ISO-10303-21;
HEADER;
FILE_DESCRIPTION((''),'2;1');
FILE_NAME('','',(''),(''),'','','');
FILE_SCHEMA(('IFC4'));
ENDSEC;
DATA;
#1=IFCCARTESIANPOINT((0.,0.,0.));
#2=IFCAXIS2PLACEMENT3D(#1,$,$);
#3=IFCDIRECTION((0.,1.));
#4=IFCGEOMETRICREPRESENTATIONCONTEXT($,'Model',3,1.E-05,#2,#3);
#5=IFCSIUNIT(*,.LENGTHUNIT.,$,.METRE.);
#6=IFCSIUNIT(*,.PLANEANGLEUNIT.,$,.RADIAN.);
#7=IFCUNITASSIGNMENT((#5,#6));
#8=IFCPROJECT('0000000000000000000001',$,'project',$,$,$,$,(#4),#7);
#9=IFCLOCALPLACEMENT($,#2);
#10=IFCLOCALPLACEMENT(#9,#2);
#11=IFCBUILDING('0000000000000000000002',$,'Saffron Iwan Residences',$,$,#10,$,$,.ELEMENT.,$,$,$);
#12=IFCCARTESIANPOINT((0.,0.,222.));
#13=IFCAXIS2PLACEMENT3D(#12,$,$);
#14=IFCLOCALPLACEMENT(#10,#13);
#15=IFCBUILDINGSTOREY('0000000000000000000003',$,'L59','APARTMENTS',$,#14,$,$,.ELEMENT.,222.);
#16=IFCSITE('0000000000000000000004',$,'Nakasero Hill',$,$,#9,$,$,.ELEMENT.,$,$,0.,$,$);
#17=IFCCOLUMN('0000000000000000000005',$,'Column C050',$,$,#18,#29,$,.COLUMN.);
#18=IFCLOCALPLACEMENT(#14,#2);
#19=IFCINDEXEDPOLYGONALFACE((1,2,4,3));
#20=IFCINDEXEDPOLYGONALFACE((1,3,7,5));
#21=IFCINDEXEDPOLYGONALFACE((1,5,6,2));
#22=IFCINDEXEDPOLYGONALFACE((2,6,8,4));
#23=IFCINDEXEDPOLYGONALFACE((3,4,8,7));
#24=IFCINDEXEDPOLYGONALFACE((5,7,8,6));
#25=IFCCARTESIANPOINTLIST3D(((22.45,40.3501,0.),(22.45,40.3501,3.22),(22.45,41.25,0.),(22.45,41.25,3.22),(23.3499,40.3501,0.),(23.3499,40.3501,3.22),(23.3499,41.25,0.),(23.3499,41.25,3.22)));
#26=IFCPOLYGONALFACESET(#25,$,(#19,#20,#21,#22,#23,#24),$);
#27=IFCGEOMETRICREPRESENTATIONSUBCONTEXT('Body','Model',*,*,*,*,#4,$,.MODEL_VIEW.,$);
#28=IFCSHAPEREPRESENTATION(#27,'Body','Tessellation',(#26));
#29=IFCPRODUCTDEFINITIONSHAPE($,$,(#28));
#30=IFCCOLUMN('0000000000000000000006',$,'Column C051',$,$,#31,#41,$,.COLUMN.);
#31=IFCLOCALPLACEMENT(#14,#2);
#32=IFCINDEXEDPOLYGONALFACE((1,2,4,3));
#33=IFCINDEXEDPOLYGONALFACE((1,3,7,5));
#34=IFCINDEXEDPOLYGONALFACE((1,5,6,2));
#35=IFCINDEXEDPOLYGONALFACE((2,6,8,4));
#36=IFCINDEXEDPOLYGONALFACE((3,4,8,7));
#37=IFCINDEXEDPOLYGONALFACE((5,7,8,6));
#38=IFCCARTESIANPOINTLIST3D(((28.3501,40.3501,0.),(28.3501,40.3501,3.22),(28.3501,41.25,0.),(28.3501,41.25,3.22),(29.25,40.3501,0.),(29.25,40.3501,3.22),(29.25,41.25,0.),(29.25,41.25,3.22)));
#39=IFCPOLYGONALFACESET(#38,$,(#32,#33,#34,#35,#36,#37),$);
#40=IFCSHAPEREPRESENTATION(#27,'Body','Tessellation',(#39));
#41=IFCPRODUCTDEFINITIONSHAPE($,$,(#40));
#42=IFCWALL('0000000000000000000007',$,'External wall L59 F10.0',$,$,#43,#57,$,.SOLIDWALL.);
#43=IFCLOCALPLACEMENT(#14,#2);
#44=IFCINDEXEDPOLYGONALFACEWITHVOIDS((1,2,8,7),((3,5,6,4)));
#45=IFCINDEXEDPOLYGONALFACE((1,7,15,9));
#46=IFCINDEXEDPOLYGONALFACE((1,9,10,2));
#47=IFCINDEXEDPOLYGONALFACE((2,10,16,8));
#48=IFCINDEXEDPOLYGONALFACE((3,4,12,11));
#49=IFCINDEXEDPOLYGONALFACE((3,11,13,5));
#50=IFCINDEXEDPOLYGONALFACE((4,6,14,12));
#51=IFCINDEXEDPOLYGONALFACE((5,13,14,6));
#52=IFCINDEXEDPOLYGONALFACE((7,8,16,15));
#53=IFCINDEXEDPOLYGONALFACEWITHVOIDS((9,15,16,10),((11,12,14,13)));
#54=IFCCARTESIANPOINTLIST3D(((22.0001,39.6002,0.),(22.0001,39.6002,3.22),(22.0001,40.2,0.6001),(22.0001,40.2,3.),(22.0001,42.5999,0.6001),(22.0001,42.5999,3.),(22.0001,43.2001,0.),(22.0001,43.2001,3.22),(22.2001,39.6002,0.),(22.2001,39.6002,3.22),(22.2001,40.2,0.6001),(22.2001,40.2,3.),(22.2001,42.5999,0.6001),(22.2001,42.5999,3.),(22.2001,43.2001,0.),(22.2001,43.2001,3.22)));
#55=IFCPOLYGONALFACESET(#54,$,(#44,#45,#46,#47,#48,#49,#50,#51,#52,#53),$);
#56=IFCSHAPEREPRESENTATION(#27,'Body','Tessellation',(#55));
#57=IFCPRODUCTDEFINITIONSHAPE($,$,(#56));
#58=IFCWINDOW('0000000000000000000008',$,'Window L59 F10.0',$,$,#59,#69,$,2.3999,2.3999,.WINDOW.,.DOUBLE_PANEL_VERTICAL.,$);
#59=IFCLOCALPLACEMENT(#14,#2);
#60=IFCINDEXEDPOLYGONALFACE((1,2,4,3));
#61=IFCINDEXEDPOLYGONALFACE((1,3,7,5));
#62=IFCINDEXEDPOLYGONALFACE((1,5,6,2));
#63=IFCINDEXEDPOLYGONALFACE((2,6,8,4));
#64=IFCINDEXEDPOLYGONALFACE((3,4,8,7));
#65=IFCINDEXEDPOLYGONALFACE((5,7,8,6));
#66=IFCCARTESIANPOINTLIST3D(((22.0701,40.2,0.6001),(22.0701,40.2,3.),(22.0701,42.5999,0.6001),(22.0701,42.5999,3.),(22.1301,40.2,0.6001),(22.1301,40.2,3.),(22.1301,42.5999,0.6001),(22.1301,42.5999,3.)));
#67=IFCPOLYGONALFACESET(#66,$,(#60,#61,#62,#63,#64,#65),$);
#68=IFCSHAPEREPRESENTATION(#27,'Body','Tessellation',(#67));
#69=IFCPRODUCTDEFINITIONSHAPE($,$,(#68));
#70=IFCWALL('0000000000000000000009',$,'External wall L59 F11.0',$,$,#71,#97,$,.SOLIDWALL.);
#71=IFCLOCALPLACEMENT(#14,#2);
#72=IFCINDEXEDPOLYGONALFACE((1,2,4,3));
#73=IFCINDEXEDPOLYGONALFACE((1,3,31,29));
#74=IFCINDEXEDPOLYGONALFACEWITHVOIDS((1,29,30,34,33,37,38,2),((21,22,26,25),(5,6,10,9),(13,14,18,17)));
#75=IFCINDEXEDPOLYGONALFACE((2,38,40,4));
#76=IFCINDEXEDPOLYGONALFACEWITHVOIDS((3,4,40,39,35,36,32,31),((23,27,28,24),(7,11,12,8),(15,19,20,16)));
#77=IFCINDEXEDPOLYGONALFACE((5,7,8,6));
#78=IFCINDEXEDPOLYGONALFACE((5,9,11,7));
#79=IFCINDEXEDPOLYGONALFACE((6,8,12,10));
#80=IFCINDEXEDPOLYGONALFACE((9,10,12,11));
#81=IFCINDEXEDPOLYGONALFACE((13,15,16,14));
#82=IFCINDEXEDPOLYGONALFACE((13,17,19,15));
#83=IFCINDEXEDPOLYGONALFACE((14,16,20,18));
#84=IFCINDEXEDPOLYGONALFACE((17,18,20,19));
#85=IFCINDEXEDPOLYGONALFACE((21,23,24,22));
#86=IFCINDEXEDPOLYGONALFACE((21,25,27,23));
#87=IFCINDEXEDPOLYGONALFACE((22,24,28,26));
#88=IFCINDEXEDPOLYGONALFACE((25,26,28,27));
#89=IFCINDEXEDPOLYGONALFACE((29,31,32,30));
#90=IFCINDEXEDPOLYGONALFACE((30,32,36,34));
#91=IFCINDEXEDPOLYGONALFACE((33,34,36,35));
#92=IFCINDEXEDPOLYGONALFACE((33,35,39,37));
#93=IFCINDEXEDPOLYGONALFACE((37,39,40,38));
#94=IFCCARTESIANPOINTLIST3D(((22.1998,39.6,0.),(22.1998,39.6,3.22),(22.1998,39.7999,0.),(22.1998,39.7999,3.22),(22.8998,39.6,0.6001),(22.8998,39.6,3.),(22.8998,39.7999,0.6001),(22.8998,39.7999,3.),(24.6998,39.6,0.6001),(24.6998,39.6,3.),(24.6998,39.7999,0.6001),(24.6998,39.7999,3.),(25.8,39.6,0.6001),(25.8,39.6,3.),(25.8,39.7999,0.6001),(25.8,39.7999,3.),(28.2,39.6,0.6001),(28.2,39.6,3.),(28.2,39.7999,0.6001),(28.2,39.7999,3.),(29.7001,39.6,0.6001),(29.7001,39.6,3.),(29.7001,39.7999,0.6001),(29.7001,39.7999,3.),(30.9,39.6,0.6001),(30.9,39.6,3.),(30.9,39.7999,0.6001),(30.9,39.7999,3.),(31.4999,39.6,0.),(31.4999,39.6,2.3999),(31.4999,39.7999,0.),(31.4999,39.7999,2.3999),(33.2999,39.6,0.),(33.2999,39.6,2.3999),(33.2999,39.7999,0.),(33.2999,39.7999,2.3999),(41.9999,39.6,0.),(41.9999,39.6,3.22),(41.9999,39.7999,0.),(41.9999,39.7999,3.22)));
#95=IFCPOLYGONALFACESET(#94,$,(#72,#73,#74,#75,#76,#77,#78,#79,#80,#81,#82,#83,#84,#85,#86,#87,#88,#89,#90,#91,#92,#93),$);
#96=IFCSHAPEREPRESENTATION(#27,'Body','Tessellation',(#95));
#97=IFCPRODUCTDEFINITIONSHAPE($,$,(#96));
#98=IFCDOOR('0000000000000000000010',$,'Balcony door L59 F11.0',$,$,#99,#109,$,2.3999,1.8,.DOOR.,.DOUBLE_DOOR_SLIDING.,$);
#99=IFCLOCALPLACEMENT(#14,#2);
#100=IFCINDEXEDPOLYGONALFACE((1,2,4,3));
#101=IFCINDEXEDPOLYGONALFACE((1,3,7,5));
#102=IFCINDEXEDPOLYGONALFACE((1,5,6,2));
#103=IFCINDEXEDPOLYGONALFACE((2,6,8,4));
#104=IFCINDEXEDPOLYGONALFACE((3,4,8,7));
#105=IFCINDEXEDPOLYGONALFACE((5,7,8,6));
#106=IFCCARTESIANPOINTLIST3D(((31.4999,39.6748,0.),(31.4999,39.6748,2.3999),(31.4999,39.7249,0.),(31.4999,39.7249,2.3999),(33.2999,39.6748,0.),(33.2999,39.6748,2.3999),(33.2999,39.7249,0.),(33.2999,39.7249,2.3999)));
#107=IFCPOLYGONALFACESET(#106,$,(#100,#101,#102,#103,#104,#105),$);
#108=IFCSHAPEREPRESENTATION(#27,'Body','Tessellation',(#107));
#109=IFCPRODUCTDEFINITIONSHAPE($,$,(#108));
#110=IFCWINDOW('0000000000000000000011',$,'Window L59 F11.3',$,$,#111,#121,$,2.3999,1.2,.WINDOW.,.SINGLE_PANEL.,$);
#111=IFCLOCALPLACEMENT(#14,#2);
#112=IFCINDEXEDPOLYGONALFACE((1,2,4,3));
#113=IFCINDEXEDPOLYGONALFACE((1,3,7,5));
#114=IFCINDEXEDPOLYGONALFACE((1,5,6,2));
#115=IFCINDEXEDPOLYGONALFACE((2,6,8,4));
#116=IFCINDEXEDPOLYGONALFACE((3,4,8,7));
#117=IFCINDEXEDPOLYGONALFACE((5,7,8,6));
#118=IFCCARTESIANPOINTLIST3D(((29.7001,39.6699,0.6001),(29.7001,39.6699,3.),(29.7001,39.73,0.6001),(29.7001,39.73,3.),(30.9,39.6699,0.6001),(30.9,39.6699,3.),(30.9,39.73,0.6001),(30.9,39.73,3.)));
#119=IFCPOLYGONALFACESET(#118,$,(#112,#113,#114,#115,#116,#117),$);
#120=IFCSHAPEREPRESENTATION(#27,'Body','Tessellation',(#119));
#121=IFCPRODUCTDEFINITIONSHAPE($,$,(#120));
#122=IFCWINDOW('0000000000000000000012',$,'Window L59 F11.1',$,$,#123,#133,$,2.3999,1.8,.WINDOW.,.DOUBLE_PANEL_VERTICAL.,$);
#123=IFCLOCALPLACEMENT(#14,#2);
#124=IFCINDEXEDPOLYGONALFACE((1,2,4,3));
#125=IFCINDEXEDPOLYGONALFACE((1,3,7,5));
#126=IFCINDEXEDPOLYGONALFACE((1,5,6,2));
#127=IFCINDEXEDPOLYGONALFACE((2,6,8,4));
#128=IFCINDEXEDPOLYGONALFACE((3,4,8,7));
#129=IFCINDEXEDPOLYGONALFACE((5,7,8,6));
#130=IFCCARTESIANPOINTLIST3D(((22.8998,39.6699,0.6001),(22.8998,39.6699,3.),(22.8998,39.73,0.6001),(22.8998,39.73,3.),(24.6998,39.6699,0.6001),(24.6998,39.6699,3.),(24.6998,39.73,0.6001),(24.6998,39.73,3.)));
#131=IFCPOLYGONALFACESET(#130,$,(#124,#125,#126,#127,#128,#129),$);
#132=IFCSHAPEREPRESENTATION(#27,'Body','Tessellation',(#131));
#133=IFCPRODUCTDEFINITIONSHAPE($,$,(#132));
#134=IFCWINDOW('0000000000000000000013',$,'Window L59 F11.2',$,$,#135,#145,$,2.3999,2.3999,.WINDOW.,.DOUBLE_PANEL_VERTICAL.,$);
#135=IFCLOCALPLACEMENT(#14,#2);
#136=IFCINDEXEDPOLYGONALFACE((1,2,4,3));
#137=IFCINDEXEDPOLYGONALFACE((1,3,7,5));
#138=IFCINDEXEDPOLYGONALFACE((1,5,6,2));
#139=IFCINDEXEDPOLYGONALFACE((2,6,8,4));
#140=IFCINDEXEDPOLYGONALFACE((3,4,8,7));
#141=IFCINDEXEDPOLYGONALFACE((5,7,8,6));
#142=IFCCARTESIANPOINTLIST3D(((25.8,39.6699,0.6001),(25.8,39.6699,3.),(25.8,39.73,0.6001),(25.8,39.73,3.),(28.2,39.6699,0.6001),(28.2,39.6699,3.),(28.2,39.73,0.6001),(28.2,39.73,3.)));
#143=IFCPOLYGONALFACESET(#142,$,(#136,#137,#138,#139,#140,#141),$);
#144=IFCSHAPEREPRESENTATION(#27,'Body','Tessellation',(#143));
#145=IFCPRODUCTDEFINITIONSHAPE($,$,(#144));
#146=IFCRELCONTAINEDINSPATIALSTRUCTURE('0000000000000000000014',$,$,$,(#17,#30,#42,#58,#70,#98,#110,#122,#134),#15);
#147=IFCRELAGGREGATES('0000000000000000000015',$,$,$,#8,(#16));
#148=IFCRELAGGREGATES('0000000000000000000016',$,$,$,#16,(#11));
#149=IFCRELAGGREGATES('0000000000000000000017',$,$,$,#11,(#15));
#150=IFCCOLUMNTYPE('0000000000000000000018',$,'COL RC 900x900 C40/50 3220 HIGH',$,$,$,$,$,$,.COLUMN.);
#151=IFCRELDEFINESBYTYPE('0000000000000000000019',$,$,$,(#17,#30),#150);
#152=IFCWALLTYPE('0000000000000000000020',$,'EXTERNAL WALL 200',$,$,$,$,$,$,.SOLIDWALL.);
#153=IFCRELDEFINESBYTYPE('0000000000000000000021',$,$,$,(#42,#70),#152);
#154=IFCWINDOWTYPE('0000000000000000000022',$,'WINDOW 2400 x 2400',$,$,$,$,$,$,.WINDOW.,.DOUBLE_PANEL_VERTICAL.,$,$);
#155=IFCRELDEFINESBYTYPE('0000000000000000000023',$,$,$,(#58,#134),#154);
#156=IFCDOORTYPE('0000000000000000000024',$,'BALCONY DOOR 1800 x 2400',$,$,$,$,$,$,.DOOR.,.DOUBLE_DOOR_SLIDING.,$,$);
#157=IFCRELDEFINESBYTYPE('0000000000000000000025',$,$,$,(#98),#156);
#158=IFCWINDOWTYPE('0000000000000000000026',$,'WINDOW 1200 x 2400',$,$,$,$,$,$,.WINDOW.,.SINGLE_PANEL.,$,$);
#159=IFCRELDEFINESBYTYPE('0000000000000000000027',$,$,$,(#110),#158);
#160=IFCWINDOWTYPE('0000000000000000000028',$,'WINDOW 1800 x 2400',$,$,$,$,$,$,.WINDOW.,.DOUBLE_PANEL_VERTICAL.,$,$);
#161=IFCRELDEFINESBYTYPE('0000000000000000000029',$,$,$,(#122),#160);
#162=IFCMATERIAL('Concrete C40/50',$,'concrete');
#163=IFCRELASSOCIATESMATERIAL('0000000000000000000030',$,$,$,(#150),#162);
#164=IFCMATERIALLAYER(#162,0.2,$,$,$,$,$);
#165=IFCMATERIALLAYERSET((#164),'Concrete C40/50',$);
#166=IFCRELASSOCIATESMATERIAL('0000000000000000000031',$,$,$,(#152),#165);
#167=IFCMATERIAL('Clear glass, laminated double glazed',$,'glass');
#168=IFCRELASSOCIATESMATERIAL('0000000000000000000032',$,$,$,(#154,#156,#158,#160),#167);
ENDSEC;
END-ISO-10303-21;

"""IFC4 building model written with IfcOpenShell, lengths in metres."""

from ifc_helpers import new_model, si_unit, direction, frame, frame_2d, origin, origin_2d, place, context, subcontext, project, spatial, rectangle, extrude, source, transform, mapped, material, layer, layer_set, material_profile, profile_set, type_object, element, fill, save


model = new_model("IFC4")

# Units and contexts
model_context = context("Model", 3, precision=1e-05, world=origin(), true_north=direction((0.0, 1.0)))
body_context = subcontext(model_context, "Body", "Model", "MODEL_VIEW")
ifc_project = project(units=[si_unit("LENGTHUNIT", "METRE"), si_unit("PLANEANGLEUNIT", "RADIAN")], contexts=[model_context])

# Site, building, storey
site_placement = place(None, origin())
site = spatial("IfcSite", under=ifc_project, at=site_placement, Name="Nakasero Hill", CompositionType="ELEMENT", RefElevation=0.0)
building_placement = place(site_placement, origin())
building = spatial("IfcBuilding", under=site, at=building_placement, Name="Saffron Iwan Residences", CompositionType="ELEMENT")
storey_placement = place(building_placement, frame((0.0, 0.0, 222.0)))
storey = spatial("IfcBuildingStorey", under=building, at=storey_placement, Name="L59", Description="APARTMENTS", CompositionType="ELEMENT", Elevation=222.0)

# Columns
ifc_material_1 = material(Name="Concrete C40/50", Category="concrete")
ifc_material_profile = material_profile(ifc_material_1, rectangle(XDim=0.8999, YDim=0.8999, at=origin_2d()), Name="RC 900x900")
ifc_profile_set = profile_set([ifc_material_profile], Name="Concrete C40/50")
column_type = type_object("IfcColumnType", Name="COL RC 900x900 C40/50 3220 HIGH", PredefinedType="COLUMN", material=ifc_profile_set)
shared_shape = source(origin(), body_context, "Body", "SweptSolid", [
    extrude(rectangle(XDim=0.8999, YDim=0.8999, at=origin_2d()), origin(), (0.0, 0.0, 1.0), 3.22),
])
for number, where, z_axis, x_axis, name in (
    (1, (22.8999, 40.8, 0.0), (0.0, 0.0, 1.0), (1.0, 0.0, 0.0), "Column C050"),
    (2, (28.8, 40.8, 0.0), (0.0, 0.0, 1.0), (1.0, 0.0, 0.0), "Column C051"),
):
    element("IfcColumn", number, at=place(storey_placement, frame(where, z_axis=z_axis, x_axis=x_axis)), inside=storey, type_object=column_type, Name=name, PredefinedType="COLUMN", context=body_context, shape_type="MappedRepresentation", body=[
        mapped(shared_shape, transform((0.0, 0.0, 0.0))),
    ])

# Wall, opening, window
ifc_layer_1 = layer(ifc_material_1, 0.2)
ifc_layer_set_1 = layer_set([ifc_layer_1], Name="Concrete C40/50")
wall_type_1 = type_object("IfcWallType", Name="EXTERNAL WALL 200", PredefinedType="SOLIDWALL", material=ifc_layer_set_1)
wall_1_placement = place(storey_placement, frame((22.1001, 43.2, 0.0), z_axis=(0.0, 0.0, 1.0), x_axis=(0.0, -1.0, 0.0)))
wall_1 = element("IfcWall", 3, at=wall_1_placement, inside=storey, type_object=wall_type_1, Name="External wall L59 F10.0", PredefinedType="SOLIDWALL", context=body_context, shape_type="SweptSolid", body=[
    extrude(rectangle(XDim=3.5999, YDim=0.2, at=frame_2d((1.7998, 0.0))), origin(), (0.0, 0.0, 1.0), 3.22),
])
opening_1_placement = place(wall_1_placement, frame((0.6001, 0.0, 0.6001)))
opening_1 = element("IfcOpeningElement", 4, at=opening_1_placement, cuts=wall_1, PredefinedType="OPENING", context=body_context, shape_type="SweptSolid", body=[
    extrude(rectangle(XDim=2.3999, YDim=2.3999, at=frame_2d((1.2, 1.2))), frame((0.0, 0.1099, 0.0), z_axis=(0.0, -1.0, 0.0), x_axis=(1.0, 0.0, 0.0)), (0.0, 0.0, 1.0), 0.22),
])
ifc_material_2 = material(Name="Clear glass, laminated double glazed", Category="glass")
window_type_1 = type_object("IfcWindowType", Name="WINDOW 2400 x 2400", PartitioningType="DOUBLE_PANEL_VERTICAL", PredefinedType="WINDOW", material=ifc_material_2)
window_1_placement = place(opening_1_placement, origin())
window_1 = element("IfcWindow", 5, at=window_1_placement, inside=storey, type_object=window_type_1, Name="Window L59 F10.0", OverallHeight=2.3999, OverallWidth=2.3999, PartitioningType="DOUBLE_PANEL_VERTICAL", PredefinedType="WINDOW", context=body_context, shape_type="SweptSolid", body=[
    extrude(rectangle(XDim=2.3999, YDim=2.3999, at=frame_2d((1.2, 1.2))), frame((0.0, 0.03, 0.0), z_axis=(0.0, -1.0, 0.0), x_axis=(1.0, 0.0, 0.0)), (0.0, 0.0, 1.0), 0.0601),
])
fill(opening_1, window_1)

# Wall, openings, door, windows
wall_2_placement = place(storey_placement, frame((22.2, 39.7, 0.0), z_axis=(0.0, 0.0, 1.0), x_axis=(1.0, 0.0, 0.0)))
wall_2 = element("IfcWall", 6, at=wall_2_placement, inside=storey, type_object=wall_type_1, Name="External wall L59 F11.0", PredefinedType="SOLIDWALL", context=body_context, shape_type="SweptSolid", body=[
    extrude(rectangle(XDim=19.8, YDim=0.2, at=frame_2d((9.8999, 0.0))), origin(), (0.0, 0.0, 1.0), 3.22),
])
opening_2_placement = place(wall_2_placement, frame((9.3, 0.0, 0.0)))
opening_2 = element("IfcOpeningElement", 7, at=opening_2_placement, cuts=wall_2, PredefinedType="OPENING", context=body_context, shape_type="SweptSolid", body=[
    extrude(rectangle(XDim=1.8, YDim=2.3999, at=frame_2d((0.8999, 1.2))), frame((0.0, 0.1099, 0.0), z_axis=(0.0, -1.0, 0.0), x_axis=(1.0, 0.0, 0.0)), (0.0, 0.0, 1.0), 0.22),
])
opening_3_placement = place(wall_2_placement, frame((0.7, 0.0, 0.6001)))
opening_3 = element("IfcOpeningElement", 8, at=opening_3_placement, cuts=wall_2, PredefinedType="OPENING", context=body_context, shape_type="SweptSolid", body=[
    extrude(rectangle(XDim=1.8, YDim=2.3999, at=frame_2d((0.8999, 1.2))), frame((0.0, 0.1099, 0.0), z_axis=(0.0, -1.0, 0.0), x_axis=(1.0, 0.0, 0.0)), (0.0, 0.0, 1.0), 0.22),
])
opening_4_placement = place(wall_2_placement, frame((3.6001, 0.0, 0.6001)))
opening_4 = element("IfcOpeningElement", 9, at=opening_4_placement, cuts=wall_2, PredefinedType="OPENING", context=body_context, shape_type="SweptSolid", body=[
    extrude(rectangle(XDim=2.3999, YDim=2.3999, at=frame_2d((1.2, 1.2))), frame((0.0, 0.1099, 0.0), z_axis=(0.0, -1.0, 0.0), x_axis=(1.0, 0.0, 0.0)), (0.0, 0.0, 1.0), 0.22),
])
opening_5_placement = place(wall_2_placement, frame((7.5, 0.0, 0.6001)))
opening_5 = element("IfcOpeningElement", 10, at=opening_5_placement, cuts=wall_2, PredefinedType="OPENING", context=body_context, shape_type="SweptSolid", body=[
    extrude(rectangle(XDim=1.2, YDim=2.3999, at=frame_2d((0.6001, 1.2))), frame((0.0, 0.1099, 0.0), z_axis=(0.0, -1.0, 0.0), x_axis=(1.0, 0.0, 0.0)), (0.0, 0.0, 1.0), 0.22),
])
door_type_1 = type_object("IfcDoorType", Name="BALCONY DOOR 1800 x 2400", OperationType="DOUBLE_DOOR_SLIDING", PredefinedType="DOOR", material=ifc_material_2)
door_1_placement = place(opening_2_placement, origin())
door_1 = element("IfcDoor", 11, at=door_1_placement, inside=storey, type_object=door_type_1, Name="Balcony door L59 F11.0", OperationType="DOUBLE_DOOR_SLIDING", OverallHeight=2.3999, OverallWidth=1.8, PredefinedType="DOOR", context=body_context, shape_type="SweptSolid", body=[
    extrude(rectangle(XDim=1.8, YDim=2.3999, at=frame_2d((0.8999, 1.2))), frame((0.0, 0.0249, 0.0), z_axis=(0.0, -1.0, 0.0), x_axis=(1.0, 0.0, 0.0)), (0.0, 0.0, 1.0), 0.05),
])
fill(opening_2, door_1)
window_type_2 = type_object("IfcWindowType", Name="WINDOW 1200 x 2400", PartitioningType="SINGLE_PANEL", PredefinedType="WINDOW", material=ifc_material_2)
window_2_placement = place(opening_5_placement, origin())
window_2 = element("IfcWindow", 12, at=window_2_placement, inside=storey, type_object=window_type_2, Name="Window L59 F11.3", OverallHeight=2.3999, OverallWidth=1.2, PartitioningType="SINGLE_PANEL", PredefinedType="WINDOW", context=body_context, shape_type="SweptSolid", body=[
    extrude(rectangle(XDim=1.2, YDim=2.3999, at=frame_2d((0.6001, 1.2))), frame((0.0, 0.03, 0.0), z_axis=(0.0, -1.0, 0.0), x_axis=(1.0, 0.0, 0.0)), (0.0, 0.0, 1.0), 0.0601),
])
fill(opening_5, window_2)
window_type_3 = type_object("IfcWindowType", Name="WINDOW 1800 x 2400", PartitioningType="DOUBLE_PANEL_VERTICAL", PredefinedType="WINDOW", material=ifc_material_2)
window_3_placement = place(opening_3_placement, origin())
window_3 = element("IfcWindow", 13, at=window_3_placement, inside=storey, type_object=window_type_3, Name="Window L59 F11.1", OverallHeight=2.3999, OverallWidth=1.8, PartitioningType="DOUBLE_PANEL_VERTICAL", PredefinedType="WINDOW", context=body_context, shape_type="SweptSolid", body=[
    extrude(rectangle(XDim=1.8, YDim=2.3999, at=frame_2d((0.8999, 1.2))), frame((0.0, 0.03, 0.0), z_axis=(0.0, -1.0, 0.0), x_axis=(1.0, 0.0, 0.0)), (0.0, 0.0, 1.0), 0.0601),
])
fill(opening_3, window_3)
window_4_placement = place(opening_4_placement, origin())
window_4 = element("IfcWindow", 14, at=window_4_placement, inside=storey, type_object=window_type_1, Name="Window L59 F11.2", OverallHeight=2.3999, OverallWidth=2.3999, PartitioningType="DOUBLE_PANEL_VERTICAL", PredefinedType="WINDOW", context=body_context, shape_type="SweptSolid", body=[
    extrude(rectangle(XDim=2.3999, YDim=2.3999, at=frame_2d((1.2, 1.2))), frame((0.0, 0.03, 0.0), z_axis=(0.0, -1.0, 0.0), x_axis=(1.0, 0.0, 0.0)), (0.0, 0.0, 1.0), 0.0601),
])
fill(opening_4, window_4)

save(model, "model.ifc")
